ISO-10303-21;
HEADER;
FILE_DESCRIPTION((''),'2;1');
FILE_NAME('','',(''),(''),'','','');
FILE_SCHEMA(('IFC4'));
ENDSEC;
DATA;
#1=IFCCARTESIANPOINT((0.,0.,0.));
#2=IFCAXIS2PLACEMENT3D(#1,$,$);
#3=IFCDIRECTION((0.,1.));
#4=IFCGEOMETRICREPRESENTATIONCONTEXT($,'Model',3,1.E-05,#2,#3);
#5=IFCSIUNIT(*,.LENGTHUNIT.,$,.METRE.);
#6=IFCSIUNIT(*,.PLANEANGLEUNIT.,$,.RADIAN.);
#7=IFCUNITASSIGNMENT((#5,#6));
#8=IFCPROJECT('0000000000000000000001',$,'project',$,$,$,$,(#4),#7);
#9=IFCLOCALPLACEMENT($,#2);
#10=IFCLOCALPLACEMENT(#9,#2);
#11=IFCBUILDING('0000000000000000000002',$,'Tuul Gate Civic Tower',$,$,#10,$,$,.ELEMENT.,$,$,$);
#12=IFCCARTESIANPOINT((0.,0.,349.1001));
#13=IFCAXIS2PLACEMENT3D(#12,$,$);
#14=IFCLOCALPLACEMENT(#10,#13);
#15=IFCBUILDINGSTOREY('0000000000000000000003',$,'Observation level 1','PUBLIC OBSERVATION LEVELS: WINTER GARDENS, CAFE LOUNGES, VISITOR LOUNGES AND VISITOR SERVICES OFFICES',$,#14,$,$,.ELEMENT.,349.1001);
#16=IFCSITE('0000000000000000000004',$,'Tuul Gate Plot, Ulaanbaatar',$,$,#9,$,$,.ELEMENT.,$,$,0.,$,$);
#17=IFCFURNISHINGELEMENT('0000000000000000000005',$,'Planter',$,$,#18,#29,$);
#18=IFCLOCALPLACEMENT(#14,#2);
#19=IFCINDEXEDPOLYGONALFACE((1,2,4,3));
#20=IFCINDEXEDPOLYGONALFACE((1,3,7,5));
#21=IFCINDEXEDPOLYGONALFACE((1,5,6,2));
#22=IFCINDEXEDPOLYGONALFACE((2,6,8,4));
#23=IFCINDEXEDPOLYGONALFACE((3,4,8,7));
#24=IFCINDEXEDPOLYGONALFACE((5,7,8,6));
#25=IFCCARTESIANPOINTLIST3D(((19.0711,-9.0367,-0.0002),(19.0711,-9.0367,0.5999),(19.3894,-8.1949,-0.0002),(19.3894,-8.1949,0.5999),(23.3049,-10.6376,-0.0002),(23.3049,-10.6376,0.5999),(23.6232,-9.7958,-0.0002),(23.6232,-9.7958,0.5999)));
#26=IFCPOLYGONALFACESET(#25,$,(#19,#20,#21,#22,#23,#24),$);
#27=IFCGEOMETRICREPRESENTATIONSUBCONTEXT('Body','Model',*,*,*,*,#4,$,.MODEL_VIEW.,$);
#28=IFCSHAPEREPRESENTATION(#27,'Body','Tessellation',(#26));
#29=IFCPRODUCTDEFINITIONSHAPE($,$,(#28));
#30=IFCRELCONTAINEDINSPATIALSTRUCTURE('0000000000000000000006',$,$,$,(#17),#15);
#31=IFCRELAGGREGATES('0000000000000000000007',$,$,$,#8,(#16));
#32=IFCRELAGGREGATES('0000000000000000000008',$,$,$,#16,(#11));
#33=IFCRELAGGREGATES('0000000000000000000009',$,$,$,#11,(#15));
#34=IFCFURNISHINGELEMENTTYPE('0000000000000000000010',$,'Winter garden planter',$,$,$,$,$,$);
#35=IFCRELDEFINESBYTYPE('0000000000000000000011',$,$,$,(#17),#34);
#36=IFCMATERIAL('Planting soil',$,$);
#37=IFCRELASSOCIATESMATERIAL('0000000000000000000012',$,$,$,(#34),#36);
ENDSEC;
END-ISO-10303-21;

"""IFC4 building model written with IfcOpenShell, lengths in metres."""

from ifc_helpers import new_model, si_unit, direction, frame, origin, origin_2d, place, context, subcontext, project, spatial, rectangle, extrude, material, type_object, element, save


model = new_model("IFC4")

# Units and contexts
model_context = context("Model", 3, precision=1e-05, world=origin(), true_north=direction((0.0, 1.0)))
body_context = subcontext(model_context, "Body", "Model", "MODEL_VIEW")
ifc_project = project(units=[si_unit("LENGTHUNIT", "METRE"), si_unit("PLANEANGLEUNIT", "RADIAN")], contexts=[model_context])

# Site, building, storey
site_placement = place(None, origin())
site = spatial("IfcSite", under=ifc_project, at=site_placement, Name="Tuul Gate Plot, Ulaanbaatar", CompositionType="ELEMENT", RefElevation=0.0)
building_placement = place(site_placement, origin())
building = spatial("IfcBuilding", under=site, at=building_placement, Name="Tuul Gate Civic Tower", CompositionType="ELEMENT")
storey_placement = place(building_placement, frame((0.0, 0.0, 349.1001)))
storey = spatial("IfcBuildingStorey", under=building, at=storey_placement, Name="Observation level 1", Description="PUBLIC OBSERVATION LEVELS: WINTER GARDENS, CAFE LOUNGES, VISITOR LOUNGES AND VISITOR SERVICES OFFICES", CompositionType="ELEMENT", Elevation=349.1001)

# Furnishing element
ifc_material_1 = material(Name="Planting soil")
furnishing_element_type = type_object("IfcFurnishingElementType", Name="Winter garden planter", material=ifc_material_1)
for number, where, z_axis, x_axis, name in (
    (1, (21.3472, -9.4163, -0.0002), (0.0, 0.0, 1.0), (0.935365, -0.353685, 0.0), "Planter"),
):
    element("IfcFurnishingElement", number, at=place(storey_placement, frame(where, z_axis=z_axis, x_axis=x_axis)), inside=storey, type_object=furnishing_element_type, Name=name, context=body_context, shape_type="SweptSolid", body=[
        extrude(rectangle(XDim=4.5264, YDim=0.8999, at=origin_2d()), origin(), (0.0, 0.0, 1.0), 0.6001),
    ])

save(model, "model.ifc")
